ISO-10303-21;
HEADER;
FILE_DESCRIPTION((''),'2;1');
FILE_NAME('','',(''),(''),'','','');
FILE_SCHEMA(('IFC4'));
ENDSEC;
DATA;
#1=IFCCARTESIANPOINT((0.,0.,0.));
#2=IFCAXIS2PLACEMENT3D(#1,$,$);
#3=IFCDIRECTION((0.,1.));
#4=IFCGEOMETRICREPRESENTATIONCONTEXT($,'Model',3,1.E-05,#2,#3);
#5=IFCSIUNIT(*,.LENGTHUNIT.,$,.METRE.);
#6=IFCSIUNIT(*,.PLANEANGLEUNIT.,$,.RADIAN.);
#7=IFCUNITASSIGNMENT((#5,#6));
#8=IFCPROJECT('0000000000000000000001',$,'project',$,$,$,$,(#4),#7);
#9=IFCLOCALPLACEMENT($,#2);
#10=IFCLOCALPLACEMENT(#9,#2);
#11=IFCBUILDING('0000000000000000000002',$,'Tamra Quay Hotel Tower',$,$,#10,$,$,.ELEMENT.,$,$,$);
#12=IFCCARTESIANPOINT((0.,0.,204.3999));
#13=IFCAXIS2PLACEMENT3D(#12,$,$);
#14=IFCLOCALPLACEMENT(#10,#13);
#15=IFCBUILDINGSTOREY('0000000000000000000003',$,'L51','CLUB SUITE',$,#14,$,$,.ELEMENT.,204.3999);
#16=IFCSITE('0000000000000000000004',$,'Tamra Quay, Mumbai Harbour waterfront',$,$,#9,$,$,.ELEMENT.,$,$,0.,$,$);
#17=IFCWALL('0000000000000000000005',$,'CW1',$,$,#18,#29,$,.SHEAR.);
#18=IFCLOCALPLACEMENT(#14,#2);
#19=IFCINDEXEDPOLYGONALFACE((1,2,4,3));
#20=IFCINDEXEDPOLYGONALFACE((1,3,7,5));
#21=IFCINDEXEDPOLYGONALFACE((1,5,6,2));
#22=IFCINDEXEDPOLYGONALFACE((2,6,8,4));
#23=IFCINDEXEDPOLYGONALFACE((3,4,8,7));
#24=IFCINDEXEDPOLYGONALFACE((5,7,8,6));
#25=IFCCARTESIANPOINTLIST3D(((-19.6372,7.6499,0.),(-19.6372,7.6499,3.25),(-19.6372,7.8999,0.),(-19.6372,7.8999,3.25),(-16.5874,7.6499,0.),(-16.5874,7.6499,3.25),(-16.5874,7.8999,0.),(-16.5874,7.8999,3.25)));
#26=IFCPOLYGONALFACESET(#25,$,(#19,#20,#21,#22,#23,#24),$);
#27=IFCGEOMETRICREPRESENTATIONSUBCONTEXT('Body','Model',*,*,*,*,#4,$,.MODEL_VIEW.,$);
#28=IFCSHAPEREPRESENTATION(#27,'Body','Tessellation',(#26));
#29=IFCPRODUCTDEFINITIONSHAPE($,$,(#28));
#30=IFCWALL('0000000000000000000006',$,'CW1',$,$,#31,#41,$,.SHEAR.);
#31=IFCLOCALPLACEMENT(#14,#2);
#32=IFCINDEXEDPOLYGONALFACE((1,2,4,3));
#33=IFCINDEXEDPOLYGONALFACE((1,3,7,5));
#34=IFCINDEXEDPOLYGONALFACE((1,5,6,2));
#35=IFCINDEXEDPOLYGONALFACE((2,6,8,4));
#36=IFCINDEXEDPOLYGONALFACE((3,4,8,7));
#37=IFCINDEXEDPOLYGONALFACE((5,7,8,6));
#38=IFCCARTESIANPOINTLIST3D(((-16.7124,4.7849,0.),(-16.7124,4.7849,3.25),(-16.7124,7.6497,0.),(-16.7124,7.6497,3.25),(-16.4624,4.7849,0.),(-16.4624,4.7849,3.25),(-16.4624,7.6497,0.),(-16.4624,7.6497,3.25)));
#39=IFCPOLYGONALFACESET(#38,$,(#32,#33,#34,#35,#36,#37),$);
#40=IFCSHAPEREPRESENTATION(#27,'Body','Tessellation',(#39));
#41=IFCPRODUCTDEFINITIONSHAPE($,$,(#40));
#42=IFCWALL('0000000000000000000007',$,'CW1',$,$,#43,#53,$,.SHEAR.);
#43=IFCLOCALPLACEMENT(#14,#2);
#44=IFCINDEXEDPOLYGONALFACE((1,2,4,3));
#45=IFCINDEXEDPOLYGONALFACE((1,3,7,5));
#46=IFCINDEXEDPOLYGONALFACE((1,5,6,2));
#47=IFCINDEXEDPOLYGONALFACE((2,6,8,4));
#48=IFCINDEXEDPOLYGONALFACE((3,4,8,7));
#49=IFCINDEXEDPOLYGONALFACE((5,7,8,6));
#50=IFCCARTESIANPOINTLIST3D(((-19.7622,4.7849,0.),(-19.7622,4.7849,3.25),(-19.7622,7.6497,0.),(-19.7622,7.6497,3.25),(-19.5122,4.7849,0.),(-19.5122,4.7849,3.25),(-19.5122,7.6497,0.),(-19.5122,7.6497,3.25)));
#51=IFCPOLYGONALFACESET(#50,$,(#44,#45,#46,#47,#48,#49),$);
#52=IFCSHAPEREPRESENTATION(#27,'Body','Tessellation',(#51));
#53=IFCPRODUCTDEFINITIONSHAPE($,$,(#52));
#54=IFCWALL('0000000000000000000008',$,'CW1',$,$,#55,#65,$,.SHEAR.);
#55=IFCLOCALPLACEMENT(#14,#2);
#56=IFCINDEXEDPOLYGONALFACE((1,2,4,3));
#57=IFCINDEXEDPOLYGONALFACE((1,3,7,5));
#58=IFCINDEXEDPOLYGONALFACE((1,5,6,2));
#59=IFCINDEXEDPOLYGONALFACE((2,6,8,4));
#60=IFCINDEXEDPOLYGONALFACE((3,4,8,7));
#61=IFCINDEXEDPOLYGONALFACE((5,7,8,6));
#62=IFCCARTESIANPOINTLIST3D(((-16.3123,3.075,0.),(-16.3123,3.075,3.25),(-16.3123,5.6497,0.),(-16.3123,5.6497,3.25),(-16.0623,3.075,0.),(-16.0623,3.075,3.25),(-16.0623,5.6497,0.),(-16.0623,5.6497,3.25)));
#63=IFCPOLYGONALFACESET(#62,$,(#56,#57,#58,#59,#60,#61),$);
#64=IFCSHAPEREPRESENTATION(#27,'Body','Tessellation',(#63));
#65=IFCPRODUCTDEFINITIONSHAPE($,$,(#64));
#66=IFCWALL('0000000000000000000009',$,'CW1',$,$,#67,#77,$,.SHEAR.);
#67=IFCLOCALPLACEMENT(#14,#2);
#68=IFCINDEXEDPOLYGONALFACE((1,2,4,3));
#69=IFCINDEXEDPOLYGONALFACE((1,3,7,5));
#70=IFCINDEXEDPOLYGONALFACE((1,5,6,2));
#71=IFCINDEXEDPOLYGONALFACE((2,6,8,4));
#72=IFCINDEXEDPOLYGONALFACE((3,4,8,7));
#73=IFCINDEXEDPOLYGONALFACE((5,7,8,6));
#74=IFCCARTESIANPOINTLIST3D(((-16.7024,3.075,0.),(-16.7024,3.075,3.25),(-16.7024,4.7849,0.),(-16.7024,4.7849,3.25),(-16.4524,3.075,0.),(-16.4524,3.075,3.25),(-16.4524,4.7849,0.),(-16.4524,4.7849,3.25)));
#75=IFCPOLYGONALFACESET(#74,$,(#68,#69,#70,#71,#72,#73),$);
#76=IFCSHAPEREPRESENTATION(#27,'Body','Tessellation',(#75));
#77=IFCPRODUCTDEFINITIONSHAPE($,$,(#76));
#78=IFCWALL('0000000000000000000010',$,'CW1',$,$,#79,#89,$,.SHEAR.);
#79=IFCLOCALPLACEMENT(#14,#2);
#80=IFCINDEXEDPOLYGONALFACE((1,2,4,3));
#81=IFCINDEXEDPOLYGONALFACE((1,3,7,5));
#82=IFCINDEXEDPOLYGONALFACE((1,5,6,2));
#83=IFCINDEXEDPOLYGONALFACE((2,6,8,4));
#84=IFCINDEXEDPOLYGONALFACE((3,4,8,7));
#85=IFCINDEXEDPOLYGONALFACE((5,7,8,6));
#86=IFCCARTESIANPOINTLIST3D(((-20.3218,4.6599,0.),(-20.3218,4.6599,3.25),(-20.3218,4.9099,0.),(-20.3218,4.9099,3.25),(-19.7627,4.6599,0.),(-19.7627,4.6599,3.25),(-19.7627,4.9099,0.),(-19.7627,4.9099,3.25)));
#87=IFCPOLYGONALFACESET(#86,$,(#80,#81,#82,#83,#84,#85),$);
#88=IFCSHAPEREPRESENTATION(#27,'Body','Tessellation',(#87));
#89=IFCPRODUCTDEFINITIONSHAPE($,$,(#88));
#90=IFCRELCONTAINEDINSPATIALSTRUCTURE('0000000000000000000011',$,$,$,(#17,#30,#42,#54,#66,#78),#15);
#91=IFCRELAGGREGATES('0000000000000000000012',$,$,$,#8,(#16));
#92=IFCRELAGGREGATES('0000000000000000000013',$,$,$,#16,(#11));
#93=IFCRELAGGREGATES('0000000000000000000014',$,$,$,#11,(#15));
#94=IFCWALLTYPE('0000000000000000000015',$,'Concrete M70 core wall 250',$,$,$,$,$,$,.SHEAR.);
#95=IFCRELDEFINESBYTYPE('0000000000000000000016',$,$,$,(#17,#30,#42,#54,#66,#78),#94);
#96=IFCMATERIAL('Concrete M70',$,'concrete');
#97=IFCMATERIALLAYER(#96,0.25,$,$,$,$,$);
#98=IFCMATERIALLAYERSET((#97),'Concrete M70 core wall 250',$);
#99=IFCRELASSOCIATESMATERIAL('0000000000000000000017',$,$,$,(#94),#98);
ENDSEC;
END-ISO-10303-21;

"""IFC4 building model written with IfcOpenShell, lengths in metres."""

from ifc_helpers import new_model, si_unit, direction, frame, frame_2d, origin, place, context, subcontext, project, spatial, rectangle, extrude, material, layer, layer_set, type_object, element, save


model = new_model("IFC4")

# Units and contexts
model_context = context("Model", 3, precision=1e-05, world=origin(), true_north=direction((0.0, 1.0)))
body_context = subcontext(model_context, "Body", "Model", "MODEL_VIEW")
ifc_project = project(units=[si_unit("LENGTHUNIT", "METRE"), si_unit("PLANEANGLEUNIT", "RADIAN")], contexts=[model_context])

# Site, building, storey
site_placement = place(None, origin())
site = spatial("IfcSite", under=ifc_project, at=site_placement, Name="Tamra Quay, Mumbai Harbour waterfront", CompositionType="ELEMENT", RefElevation=0.0)
building_placement = place(site_placement, origin())
building = spatial("IfcBuilding", under=site, at=building_placement, Name="Tamra Quay Hotel Tower", CompositionType="ELEMENT")
storey_placement = place(building_placement, frame((0.0, 0.0, 204.3999)))
storey = spatial("IfcBuildingStorey", under=building, at=storey_placement, Name="L51", Description="CLUB SUITE", CompositionType="ELEMENT", Elevation=204.3999)

# Shared definitions
ifc_material_1 = material(Name="Concrete M70", Category="concrete")

# Walls
ifc_layer_1 = layer(ifc_material_1, 0.25)
ifc_layer_set_1 = layer_set([ifc_layer_1], Name="Concrete M70 core wall 250")
wall_type_1 = type_object("IfcWallType", Name="Concrete M70 core wall 250", PredefinedType="SHEAR", material=ifc_layer_set_1)
wall_1_placement = place(storey_placement, frame((-19.6372, 7.7749, 0.0), z_axis=(0.0, 0.0, 1.0), x_axis=(1.0, 0.0, 0.0)))
element("IfcWall", 1, at=wall_1_placement, inside=storey, type_object=wall_type_1, Name="CW1", PredefinedType="SHEAR", context=body_context, shape_type="SweptSolid", body=[
    extrude(rectangle(XDim=3.0498, YDim=0.25, at=frame_2d((1.5249, 0.0))), origin(), (0.0, 0.0, 1.0), 3.25),
])
for number, where, z_axis, x_axis, name in (
    (2, (-16.5874, 7.6497, 0.0), (0.0, 0.0, 1.0), (0.0, -1.0, 0.0), "CW1"),
    (3, (-19.6372, 4.7849, 0.0), (0.0, 0.0, 1.0), (0.0, 1.0, 0.0), "CW1"),
):
    element("IfcWall", number, at=place(storey_placement, frame(where, z_axis=z_axis, x_axis=x_axis)), inside=storey, type_object=wall_type_1, Name=name, PredefinedType="SHEAR", context=body_context, shape_type="SweptSolid", body=[
        extrude(rectangle(XDim=2.8647, YDim=0.25, at=frame_2d((1.4324, 0.0))), origin(), (0.0, 0.0, 1.0), 3.25),
    ])
wall_2_placement = place(storey_placement, frame((-16.1873, 3.075, 0.0), z_axis=(0.0, 0.0, 1.0), x_axis=(0.0, 1.0, 0.0)))
element("IfcWall", 4, at=wall_2_placement, inside=storey, type_object=wall_type_1, Name="CW1", PredefinedType="SHEAR", context=body_context, shape_type="SweptSolid", body=[
    extrude(rectangle(XDim=2.5747, YDim=0.25, at=frame_2d((1.2874, 0.0))), origin(), (0.0, 0.0, 1.0), 3.25),
])
wall_3_placement = place(storey_placement, frame((-16.5774, 4.7849, 0.0), z_axis=(0.0, 0.0, 1.0), x_axis=(0.0, -1.0, 0.0)))
element("IfcWall", 5, at=wall_3_placement, inside=storey, type_object=wall_type_1, Name="CW1", PredefinedType="SHEAR", context=body_context, shape_type="SweptSolid", body=[
    extrude(rectangle(XDim=1.71, YDim=0.25, at=frame_2d((0.855, 0.0))), origin(), (0.0, 0.0, 1.0), 3.25),
])
wall_4_placement = place(storey_placement, frame((-20.3218, 4.7849, 0.0), z_axis=(0.0, 0.0, 1.0), x_axis=(1.0, 0.0, 0.0)))
element("IfcWall", 6, at=wall_4_placement, inside=storey, type_object=wall_type_1, Name="CW1", PredefinedType="SHEAR", context=body_context, shape_type="SweptSolid", body=[
    extrude(rectangle(XDim=0.5591, YDim=0.25, at=frame_2d((0.2795, 0.0))), origin(), (0.0, 0.0, 1.0), 3.25),
])

save(model, "model.ifc")
